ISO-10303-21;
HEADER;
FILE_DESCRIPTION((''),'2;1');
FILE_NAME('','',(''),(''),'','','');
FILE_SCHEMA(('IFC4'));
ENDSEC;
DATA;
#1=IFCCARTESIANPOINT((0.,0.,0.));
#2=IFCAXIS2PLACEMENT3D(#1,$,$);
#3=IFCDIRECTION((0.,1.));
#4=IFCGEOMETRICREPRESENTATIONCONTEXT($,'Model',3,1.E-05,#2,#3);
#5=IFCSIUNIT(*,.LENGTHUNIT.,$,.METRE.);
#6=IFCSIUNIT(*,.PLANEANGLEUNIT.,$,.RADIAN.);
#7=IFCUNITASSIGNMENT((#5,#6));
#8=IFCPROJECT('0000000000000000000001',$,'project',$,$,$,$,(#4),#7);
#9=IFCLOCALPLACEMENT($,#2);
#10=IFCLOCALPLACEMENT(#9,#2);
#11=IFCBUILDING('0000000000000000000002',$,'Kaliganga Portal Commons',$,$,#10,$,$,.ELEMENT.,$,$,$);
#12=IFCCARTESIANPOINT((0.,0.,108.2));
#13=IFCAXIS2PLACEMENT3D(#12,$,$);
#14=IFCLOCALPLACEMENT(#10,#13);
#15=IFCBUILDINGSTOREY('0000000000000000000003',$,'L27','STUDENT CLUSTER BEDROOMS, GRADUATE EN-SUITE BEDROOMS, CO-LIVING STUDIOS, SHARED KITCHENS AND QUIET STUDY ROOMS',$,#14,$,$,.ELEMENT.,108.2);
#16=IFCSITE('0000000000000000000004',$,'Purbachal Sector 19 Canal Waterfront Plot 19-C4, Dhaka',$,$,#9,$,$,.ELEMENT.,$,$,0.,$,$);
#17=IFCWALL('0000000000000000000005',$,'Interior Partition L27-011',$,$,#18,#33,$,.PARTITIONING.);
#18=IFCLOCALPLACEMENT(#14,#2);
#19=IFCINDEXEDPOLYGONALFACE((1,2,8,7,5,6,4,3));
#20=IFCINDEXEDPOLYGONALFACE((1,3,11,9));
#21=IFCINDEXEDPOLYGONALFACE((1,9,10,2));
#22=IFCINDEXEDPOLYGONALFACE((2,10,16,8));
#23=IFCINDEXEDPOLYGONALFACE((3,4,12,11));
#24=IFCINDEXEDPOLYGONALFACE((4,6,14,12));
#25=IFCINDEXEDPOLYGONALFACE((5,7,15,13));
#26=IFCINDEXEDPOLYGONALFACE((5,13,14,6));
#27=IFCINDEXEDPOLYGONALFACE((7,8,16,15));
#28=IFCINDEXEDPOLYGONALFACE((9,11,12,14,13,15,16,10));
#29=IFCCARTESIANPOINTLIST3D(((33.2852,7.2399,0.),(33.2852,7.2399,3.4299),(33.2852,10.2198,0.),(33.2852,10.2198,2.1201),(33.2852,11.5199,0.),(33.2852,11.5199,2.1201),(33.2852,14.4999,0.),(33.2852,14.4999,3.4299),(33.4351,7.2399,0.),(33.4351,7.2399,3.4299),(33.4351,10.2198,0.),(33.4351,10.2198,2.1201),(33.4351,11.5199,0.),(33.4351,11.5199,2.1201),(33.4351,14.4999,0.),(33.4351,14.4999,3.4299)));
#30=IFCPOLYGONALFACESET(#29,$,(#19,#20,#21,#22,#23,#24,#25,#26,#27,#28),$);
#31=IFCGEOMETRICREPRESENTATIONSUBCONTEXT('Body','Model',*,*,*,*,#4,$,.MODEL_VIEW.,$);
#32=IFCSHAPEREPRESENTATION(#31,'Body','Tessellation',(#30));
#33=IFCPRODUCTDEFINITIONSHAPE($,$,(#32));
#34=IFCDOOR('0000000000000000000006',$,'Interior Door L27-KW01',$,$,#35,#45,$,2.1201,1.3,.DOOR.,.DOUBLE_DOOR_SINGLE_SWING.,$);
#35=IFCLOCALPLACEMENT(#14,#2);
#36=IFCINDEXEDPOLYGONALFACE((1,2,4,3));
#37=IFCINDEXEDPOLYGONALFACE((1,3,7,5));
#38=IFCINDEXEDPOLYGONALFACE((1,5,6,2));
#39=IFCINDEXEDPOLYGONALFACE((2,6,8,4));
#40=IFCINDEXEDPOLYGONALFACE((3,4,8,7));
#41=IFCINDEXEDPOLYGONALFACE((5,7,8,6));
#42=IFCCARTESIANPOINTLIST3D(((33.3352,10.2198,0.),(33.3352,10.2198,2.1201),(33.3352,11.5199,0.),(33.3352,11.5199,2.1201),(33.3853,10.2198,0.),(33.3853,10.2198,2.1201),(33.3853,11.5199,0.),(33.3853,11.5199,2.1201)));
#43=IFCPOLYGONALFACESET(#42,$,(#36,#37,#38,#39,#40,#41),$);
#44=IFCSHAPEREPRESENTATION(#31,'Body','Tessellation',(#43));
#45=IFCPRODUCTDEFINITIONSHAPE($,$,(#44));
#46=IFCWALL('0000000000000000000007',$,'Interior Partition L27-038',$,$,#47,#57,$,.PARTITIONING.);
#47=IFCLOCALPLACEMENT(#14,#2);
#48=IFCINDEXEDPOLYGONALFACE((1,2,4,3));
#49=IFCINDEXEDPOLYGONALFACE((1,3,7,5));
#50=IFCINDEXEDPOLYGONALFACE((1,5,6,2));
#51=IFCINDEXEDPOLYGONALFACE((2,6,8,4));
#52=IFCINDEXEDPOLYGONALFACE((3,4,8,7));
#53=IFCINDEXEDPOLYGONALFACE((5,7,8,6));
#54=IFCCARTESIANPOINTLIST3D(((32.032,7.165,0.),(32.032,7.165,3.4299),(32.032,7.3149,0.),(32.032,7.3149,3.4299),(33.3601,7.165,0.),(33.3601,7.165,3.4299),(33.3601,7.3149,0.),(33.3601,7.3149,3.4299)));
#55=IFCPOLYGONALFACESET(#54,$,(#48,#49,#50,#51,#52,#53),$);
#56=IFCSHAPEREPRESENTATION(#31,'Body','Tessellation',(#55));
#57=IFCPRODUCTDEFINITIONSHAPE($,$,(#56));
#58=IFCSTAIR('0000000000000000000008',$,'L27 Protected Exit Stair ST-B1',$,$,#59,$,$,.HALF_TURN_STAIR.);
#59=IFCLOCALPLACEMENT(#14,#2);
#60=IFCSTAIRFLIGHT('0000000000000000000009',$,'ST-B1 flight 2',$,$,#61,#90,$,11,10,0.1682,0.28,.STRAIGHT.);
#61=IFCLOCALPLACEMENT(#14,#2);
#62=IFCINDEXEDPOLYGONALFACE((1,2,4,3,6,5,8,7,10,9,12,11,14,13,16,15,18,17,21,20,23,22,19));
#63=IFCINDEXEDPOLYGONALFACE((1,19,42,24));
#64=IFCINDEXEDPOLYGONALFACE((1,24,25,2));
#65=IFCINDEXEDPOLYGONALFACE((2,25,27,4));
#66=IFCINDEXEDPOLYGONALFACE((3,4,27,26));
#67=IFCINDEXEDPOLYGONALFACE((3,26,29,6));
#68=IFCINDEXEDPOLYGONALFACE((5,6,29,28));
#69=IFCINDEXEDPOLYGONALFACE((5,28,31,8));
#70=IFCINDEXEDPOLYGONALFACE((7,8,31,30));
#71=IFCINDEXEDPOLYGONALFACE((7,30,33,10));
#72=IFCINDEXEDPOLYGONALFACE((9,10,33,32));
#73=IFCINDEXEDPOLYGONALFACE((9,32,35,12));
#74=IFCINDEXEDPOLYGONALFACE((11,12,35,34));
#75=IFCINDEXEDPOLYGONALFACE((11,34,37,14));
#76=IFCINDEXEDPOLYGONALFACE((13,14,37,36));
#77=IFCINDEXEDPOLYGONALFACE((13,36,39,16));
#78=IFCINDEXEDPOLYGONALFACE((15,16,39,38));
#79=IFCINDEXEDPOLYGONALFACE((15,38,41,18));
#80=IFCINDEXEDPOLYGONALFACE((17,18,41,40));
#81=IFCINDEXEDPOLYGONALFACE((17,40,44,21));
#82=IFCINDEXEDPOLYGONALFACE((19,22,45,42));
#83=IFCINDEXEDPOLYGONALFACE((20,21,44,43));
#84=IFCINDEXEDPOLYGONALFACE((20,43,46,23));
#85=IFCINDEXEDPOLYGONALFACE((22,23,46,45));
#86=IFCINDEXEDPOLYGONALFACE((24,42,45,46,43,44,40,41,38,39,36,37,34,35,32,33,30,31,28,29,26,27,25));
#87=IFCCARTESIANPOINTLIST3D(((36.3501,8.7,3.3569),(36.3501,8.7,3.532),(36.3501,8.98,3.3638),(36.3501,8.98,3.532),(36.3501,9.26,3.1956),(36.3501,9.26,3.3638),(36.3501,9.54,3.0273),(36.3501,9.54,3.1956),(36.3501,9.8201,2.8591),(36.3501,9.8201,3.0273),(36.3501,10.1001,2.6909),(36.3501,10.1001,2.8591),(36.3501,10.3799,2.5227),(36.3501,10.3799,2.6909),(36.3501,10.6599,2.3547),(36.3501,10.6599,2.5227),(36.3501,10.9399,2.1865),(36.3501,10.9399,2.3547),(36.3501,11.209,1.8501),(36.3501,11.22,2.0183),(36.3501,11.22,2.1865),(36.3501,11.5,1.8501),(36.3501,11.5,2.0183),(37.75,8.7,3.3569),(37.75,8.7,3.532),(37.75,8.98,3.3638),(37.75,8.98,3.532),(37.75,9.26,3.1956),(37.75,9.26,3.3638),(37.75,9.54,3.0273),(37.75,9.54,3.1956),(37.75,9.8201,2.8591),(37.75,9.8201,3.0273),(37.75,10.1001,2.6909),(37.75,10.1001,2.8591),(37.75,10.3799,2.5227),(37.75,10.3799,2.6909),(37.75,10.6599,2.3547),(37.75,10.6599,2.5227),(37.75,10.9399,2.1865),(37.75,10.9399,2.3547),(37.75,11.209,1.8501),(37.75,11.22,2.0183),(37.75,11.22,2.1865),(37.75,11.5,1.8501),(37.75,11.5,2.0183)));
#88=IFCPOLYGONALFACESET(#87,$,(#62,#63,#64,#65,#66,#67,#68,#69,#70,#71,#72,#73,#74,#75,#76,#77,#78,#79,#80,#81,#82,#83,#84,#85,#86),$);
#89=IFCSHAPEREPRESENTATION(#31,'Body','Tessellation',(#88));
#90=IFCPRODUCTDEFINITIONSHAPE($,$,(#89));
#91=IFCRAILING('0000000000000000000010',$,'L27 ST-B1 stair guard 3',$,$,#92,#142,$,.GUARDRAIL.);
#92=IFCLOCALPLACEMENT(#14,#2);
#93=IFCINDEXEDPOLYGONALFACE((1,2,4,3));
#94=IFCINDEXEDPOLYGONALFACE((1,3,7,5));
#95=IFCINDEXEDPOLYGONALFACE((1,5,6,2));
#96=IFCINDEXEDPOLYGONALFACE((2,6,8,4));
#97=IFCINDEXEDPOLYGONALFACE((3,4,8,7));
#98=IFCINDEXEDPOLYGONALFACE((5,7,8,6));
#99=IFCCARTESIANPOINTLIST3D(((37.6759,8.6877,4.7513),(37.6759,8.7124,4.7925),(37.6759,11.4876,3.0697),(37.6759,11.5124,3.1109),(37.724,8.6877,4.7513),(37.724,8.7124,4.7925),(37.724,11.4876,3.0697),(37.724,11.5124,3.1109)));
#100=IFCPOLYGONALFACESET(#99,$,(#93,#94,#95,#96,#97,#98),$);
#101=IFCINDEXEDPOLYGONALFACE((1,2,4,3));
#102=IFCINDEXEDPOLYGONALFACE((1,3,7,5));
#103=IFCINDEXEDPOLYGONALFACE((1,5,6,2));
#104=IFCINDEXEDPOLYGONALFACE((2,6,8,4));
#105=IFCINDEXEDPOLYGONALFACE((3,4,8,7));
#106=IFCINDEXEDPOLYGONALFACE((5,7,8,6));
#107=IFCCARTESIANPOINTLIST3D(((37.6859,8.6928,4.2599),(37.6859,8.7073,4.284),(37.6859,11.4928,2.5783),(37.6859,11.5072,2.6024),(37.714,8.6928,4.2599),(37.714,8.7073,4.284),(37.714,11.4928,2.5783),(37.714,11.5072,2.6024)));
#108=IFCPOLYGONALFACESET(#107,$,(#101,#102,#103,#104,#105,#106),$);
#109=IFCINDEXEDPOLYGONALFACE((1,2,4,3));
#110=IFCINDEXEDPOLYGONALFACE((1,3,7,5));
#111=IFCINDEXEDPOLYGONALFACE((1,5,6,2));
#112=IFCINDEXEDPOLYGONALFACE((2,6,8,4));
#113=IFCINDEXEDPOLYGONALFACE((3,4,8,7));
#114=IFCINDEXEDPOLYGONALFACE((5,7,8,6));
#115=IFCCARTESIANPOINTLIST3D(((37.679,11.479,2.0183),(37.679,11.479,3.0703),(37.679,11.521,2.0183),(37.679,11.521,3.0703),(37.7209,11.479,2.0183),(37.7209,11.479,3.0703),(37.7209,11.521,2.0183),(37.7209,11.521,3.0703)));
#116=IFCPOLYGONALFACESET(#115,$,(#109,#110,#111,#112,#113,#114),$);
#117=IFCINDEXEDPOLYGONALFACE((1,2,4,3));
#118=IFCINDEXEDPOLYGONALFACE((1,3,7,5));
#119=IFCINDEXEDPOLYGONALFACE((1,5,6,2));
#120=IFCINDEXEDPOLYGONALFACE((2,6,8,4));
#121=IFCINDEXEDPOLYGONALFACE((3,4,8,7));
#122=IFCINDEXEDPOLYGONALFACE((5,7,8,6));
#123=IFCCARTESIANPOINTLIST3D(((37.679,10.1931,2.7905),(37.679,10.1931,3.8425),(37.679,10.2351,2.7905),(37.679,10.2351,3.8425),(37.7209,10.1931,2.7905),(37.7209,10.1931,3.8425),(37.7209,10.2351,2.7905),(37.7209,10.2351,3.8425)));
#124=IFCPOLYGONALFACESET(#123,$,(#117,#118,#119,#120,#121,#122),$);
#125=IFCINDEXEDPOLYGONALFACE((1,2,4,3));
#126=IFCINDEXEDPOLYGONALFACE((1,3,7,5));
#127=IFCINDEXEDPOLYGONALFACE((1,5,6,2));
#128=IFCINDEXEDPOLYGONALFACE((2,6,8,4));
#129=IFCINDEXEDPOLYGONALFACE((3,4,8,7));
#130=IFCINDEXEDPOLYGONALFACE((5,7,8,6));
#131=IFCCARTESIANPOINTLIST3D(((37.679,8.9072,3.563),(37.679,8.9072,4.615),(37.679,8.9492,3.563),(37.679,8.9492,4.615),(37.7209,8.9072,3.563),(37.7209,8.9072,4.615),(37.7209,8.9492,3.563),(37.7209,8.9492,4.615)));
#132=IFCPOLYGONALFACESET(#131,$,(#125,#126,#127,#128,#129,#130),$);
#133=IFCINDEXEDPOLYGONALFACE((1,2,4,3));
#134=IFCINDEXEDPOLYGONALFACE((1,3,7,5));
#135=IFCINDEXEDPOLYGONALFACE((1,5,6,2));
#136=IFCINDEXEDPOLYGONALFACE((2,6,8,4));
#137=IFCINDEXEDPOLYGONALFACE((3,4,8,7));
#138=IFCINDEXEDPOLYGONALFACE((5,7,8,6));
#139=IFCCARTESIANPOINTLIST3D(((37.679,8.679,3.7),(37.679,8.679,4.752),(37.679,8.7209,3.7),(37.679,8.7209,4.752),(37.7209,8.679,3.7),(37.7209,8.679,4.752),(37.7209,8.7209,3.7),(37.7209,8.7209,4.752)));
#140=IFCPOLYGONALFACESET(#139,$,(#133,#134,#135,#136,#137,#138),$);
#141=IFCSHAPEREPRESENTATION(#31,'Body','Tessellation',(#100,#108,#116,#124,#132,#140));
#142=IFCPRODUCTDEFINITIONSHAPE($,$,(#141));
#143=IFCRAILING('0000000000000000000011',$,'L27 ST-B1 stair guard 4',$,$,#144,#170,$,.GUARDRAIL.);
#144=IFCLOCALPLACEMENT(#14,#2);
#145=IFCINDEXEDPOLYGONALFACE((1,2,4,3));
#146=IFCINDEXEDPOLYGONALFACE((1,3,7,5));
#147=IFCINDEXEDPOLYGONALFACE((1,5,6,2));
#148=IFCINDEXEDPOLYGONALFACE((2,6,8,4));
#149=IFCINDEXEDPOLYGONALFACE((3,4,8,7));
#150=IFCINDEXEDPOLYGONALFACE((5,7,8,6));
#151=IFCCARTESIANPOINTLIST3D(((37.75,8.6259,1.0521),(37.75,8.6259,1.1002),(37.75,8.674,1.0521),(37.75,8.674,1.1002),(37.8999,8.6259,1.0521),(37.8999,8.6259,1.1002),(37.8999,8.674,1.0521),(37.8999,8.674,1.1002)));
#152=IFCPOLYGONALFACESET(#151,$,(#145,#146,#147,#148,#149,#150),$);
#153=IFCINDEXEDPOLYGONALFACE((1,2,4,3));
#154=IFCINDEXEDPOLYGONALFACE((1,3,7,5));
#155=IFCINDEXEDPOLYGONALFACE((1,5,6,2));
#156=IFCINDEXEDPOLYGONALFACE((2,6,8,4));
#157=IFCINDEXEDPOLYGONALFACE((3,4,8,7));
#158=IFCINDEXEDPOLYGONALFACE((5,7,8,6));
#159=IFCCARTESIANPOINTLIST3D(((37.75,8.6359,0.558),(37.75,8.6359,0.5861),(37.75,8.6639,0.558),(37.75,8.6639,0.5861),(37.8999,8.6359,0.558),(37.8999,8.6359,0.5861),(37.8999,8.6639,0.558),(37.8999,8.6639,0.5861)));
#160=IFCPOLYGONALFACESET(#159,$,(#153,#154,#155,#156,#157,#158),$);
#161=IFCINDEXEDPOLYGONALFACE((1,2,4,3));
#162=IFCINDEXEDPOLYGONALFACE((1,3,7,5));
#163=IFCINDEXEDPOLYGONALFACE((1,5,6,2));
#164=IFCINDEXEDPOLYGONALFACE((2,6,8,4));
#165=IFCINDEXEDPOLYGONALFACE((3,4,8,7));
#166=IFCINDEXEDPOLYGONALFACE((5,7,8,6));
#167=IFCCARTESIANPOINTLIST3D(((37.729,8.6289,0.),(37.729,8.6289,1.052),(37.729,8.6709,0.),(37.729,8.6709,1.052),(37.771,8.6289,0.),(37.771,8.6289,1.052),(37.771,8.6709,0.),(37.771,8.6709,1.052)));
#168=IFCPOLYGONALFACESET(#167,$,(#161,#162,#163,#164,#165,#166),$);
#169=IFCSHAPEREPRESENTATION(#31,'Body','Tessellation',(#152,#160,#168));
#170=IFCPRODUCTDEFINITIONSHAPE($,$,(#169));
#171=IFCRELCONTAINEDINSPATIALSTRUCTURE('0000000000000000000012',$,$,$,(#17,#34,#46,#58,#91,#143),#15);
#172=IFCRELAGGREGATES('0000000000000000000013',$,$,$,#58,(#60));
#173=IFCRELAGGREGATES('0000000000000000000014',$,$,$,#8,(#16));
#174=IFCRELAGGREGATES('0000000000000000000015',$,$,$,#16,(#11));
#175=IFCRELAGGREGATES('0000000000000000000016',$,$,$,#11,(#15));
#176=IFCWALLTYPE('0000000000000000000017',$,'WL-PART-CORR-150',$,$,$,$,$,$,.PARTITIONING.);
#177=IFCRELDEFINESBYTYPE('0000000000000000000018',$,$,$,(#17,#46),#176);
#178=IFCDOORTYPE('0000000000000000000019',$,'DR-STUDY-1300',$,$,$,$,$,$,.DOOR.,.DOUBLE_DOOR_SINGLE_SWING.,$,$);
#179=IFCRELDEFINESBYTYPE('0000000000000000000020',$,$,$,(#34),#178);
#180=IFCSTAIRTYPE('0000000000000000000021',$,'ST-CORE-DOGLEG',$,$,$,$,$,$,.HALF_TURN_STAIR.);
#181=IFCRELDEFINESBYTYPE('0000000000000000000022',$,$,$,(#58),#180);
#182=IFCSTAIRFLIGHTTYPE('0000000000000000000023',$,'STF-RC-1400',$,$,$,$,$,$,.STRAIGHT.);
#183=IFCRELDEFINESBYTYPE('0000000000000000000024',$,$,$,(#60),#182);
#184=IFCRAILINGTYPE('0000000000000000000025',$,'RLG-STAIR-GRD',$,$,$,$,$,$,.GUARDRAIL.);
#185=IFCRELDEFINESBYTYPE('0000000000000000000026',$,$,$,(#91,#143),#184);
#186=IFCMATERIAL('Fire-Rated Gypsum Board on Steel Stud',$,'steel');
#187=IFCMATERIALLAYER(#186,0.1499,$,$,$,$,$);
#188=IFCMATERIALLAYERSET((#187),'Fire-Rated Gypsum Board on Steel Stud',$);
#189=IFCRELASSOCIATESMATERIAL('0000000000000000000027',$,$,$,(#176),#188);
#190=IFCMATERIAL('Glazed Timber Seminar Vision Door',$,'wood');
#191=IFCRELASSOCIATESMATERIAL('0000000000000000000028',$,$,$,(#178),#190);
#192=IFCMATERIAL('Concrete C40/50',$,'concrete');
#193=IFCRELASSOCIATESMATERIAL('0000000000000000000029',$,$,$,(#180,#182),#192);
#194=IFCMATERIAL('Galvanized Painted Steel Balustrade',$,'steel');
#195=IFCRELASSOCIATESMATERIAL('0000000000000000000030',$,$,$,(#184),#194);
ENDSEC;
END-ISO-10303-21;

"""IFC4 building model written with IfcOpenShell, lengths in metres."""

from ifc_helpers import new_model, si_unit, direction, frame, frame_2d, origin, origin_2d, place, context, subcontext, project, spatial, polyline, rectangle, outline, extrude, material, layer, layer_set, type_object, element, fill, aggregate, save


model = new_model("IFC4")

# Units and contexts
model_context = context("Model", 3, precision=1e-05, world=origin(), true_north=direction((0.0, 1.0)))
body_context = subcontext(model_context, "Body", "Model", "MODEL_VIEW")
ifc_project = project(units=[si_unit("LENGTHUNIT", "METRE"), si_unit("PLANEANGLEUNIT", "RADIAN")], contexts=[model_context])

# Site, building, storey
site_placement = place(None, origin())
site = spatial("IfcSite", under=ifc_project, at=site_placement, Name="Purbachal Sector 19 Canal Waterfront Plot 19-C4, Dhaka", CompositionType="ELEMENT", RefElevation=0.0)
building_placement = place(site_placement, origin())
building = spatial("IfcBuilding", under=site, at=building_placement, Name="Kaliganga Portal Commons", CompositionType="ELEMENT")
storey_placement = place(building_placement, frame((0.0, 0.0, 108.2)))
storey = spatial("IfcBuildingStorey", under=building, at=storey_placement, Name="L27", Description="STUDENT CLUSTER BEDROOMS, GRADUATE EN-SUITE BEDROOMS, CO-LIVING STUDIOS, SHARED KITCHENS AND QUIET STUDY ROOMS", CompositionType="ELEMENT", Elevation=108.2)

# Wall, opening, door
ifc_material_1 = material(Name="Fire-Rated Gypsum Board on Steel Stud", Category="steel")
ifc_layer_1 = layer(ifc_material_1, 0.1499)
ifc_layer_set_1 = layer_set([ifc_layer_1], Name="Fire-Rated Gypsum Board on Steel Stud")
wall_type_1 = type_object("IfcWallType", Name="WL-PART-CORR-150", PredefinedType="PARTITIONING", material=ifc_layer_set_1)
wall_1_placement = place(storey_placement, frame((33.3601, 7.24, 0.0), z_axis=(0.0, 0.0, 1.0), x_axis=(0.0, 1.0, 0.0)))
wall_1 = element("IfcWall", 1, at=wall_1_placement, inside=storey, type_object=wall_type_1, Name="Interior Partition L27-011", PredefinedType="PARTITIONING", context=body_context, shape_type="SweptSolid", body=[
    extrude(rectangle(XDim=7.26, YDim=0.1499, at=frame_2d((3.6299, 0.0))), origin(), (0.0, 0.0, 1.0), 3.4299),
])
opening_1_placement = place(wall_1_placement, frame((2.98, 0.0, 0.0)))
opening_1 = element("IfcOpeningElement", 2, at=opening_1_placement, cuts=wall_1, PredefinedType="OPENING", context=body_context, shape_type="SweptSolid", body=[
    extrude(rectangle(XDim=1.3, YDim=2.1201, at=frame_2d((0.6499, 1.0601))), frame((0.0, 0.085, 0.0), z_axis=(0.0, -1.0, 0.0), x_axis=(1.0, 0.0, 0.0)), (0.0, 0.0, 1.0), 0.1699),
])
ifc_material_2 = material(Name="Glazed Timber Seminar Vision Door", Category="wood")
door_type = type_object("IfcDoorType", Name="DR-STUDY-1300", OperationType="DOUBLE_DOOR_SINGLE_SWING", PredefinedType="DOOR", material=ifc_material_2)
door_placement = place(opening_1_placement, origin())
door = element("IfcDoor", 3, at=door_placement, inside=storey, type_object=door_type, Name="Interior Door L27-KW01", OperationType="DOUBLE_DOOR_SINGLE_SWING", OverallHeight=2.1201, OverallWidth=1.3, PredefinedType="DOOR", context=body_context, shape_type="SweptSolid", body=[
    extrude(rectangle(XDim=1.3, YDim=2.1201, at=frame_2d((0.6499, 1.0601))), frame((0.0, 0.0249, 0.0), z_axis=(0.0, -1.0, 0.0), x_axis=(1.0, 0.0, 0.0)), (0.0, 0.0, 1.0), 0.05),
])
fill(opening_1, door)

# Wall
wall_2_placement = place(storey_placement, frame((32.032, 7.24, 0.0), z_axis=(0.0, 0.0, 1.0), x_axis=(1.0, 0.0, 0.0)))
element("IfcWall", 4, at=wall_2_placement, inside=storey, type_object=wall_type_1, Name="Interior Partition L27-038", PredefinedType="PARTITIONING", context=body_context, shape_type="SweptSolid", body=[
    extrude(rectangle(XDim=1.3281, YDim=0.1499, at=frame_2d((0.6641, 0.0))), origin(), (0.0, 0.0, 1.0), 3.4299),
])

# Stair, stair flight
ifc_material_3 = material(Name="Concrete C40/50", Category="concrete")
stair_type = type_object("IfcStairType", Name="ST-CORE-DOGLEG", PredefinedType="HALF_TURN_STAIR", material=ifc_material_3)
stair_placement = place(storey_placement, origin())
stair = element("IfcStair", 5, at=stair_placement, inside=storey, type_object=stair_type, Name="L27 Protected Exit Stair ST-B1", PredefinedType="HALF_TURN_STAIR")
stair_flight_type = type_object("IfcStairFlightType", Name="STF-RC-1400", PredefinedType="STRAIGHT", material=ifc_material_3)
stair_flight_placement = place(storey_placement, frame((37.05, 11.5, 1.8501), z_axis=(0.0, 0.0, 1.0), x_axis=(0.0, -1.0, 0.0)))
stair_flight = element("IfcStairFlight", 6, at=stair_flight_placement, type_object=stair_flight_type, Name="ST-B1 flight 2", NumberOfRisers=11, NumberOfTreads=10, PredefinedType="STRAIGHT", RiserHeight=0.1682, TreadLength=0.28, context=body_context, shape_type="SweptSolid", body=[
    extrude(outline(polyline([(0.0, 0.0), (0.0, 0.1682), (0.28, 0.1682), (0.28, 0.3364), (0.5601, 0.3364), (0.5601, 0.5046), (0.8401, 0.5046), (0.8401, 0.6726), (1.1201, 0.6726), (1.1201, 0.8408), (1.3999, 0.8408), (1.3999, 1.009), (1.6799, 1.009), (1.6799, 1.1772), (1.96, 1.1772), (1.96, 1.3455), (2.24, 1.3455), (2.24, 1.5137), (2.52, 1.5137), (2.52, 1.6819), (2.8, 1.6819), (2.8, 1.8501), (2.8, 1.5068), (0.291, 0.0), (0.0, 0.0)])), frame((0.0, 0.7, 0.0), z_axis=(0.0, -1.0, 0.0), x_axis=(1.0, 0.0, 0.0)), (0.0, 0.0, 1.0), 1.3999),
])
aggregate(stair, [stair_flight])

# Railings
ifc_material_4 = material(Name="Galvanized Painted Steel Balustrade", Category="steel")
railing_type_1 = type_object("IfcRailingType", Name="RLG-STAIR-GRD", PredefinedType="GUARDRAIL", material=ifc_material_4)
railing_1_placement = place(storey_placement, frame((37.7, 11.5, 2.0183)))
element("IfcRailing", 7, at=railing_1_placement, inside=storey, type_object=railing_type_1, Name="L27 ST-B1 stair guard 3", PredefinedType="GUARDRAIL", context=body_context, shape_type="SweptSolid", body=[
    extrude(rectangle(XDim=0.0481, YDim=0.0481, at=origin_2d()), frame((0.0, 0.0, 1.072), z_axis=(0.0, -0.857275, 0.514858), x_axis=(1.0, 0.0, 0.0)), (0.0, 0.0, 1.0), 3.2661),
    extrude(rectangle(XDim=0.0281, YDim=0.0281, at=origin_2d()), frame((0.0, 0.0, 0.572), z_axis=(0.0, -0.857275, 0.514858), x_axis=(1.0, 0.0, 0.0)), (0.0, 0.0, 1.0), 3.2661),
    extrude(rectangle(XDim=0.042, YDim=0.042, at=origin_2d()), origin(), (0.0, 0.0, 1.0), 1.052),
    extrude(rectangle(XDim=0.042, YDim=0.042, at=origin_2d()), frame((0.0, -1.2859, 0.7722)), (0.0, 0.0, 1.0), 1.052),
    extrude(rectangle(XDim=0.042, YDim=0.042, at=origin_2d()), frame((0.0, -2.5718, 1.5447)), (0.0, 0.0, 1.0), 1.052),
    extrude(rectangle(XDim=0.042, YDim=0.042, at=origin_2d()), frame((0.0, -2.8, 1.6816)), (0.0, 0.0, 1.0), 1.052),
])
railing_2_placement = place(storey_placement, frame((37.8999, 8.6499, 0.0)))
element("IfcRailing", 8, at=railing_2_placement, inside=storey, type_object=railing_type_1, Name="L27 ST-B1 stair guard 4", PredefinedType="GUARDRAIL", context=body_context, shape_type="SweptSolid", body=[
    extrude(rectangle(XDim=0.0481, YDim=0.0481, at=origin_2d()), frame((0.0, 0.0, 1.0762), z_axis=(-1.0, 0.0, 0.0), x_axis=(0.0, -1.0, 0.0)), (0.0, 0.0, 1.0), 0.1499),
    extrude(rectangle(XDim=0.0281, YDim=0.0281, at=origin_2d()), frame((0.0, 0.0, 0.572), z_axis=(-1.0, 0.0, 0.0), x_axis=(0.0, -1.0, 0.0)), (0.0, 0.0, 1.0), 0.1499),
    extrude(rectangle(XDim=0.042, YDim=0.042, at=origin_2d()), frame((-0.1499, 0.0, 0.0)), (0.0, 0.0, 1.0), 1.052),
])

save(model, "model.ifc")
